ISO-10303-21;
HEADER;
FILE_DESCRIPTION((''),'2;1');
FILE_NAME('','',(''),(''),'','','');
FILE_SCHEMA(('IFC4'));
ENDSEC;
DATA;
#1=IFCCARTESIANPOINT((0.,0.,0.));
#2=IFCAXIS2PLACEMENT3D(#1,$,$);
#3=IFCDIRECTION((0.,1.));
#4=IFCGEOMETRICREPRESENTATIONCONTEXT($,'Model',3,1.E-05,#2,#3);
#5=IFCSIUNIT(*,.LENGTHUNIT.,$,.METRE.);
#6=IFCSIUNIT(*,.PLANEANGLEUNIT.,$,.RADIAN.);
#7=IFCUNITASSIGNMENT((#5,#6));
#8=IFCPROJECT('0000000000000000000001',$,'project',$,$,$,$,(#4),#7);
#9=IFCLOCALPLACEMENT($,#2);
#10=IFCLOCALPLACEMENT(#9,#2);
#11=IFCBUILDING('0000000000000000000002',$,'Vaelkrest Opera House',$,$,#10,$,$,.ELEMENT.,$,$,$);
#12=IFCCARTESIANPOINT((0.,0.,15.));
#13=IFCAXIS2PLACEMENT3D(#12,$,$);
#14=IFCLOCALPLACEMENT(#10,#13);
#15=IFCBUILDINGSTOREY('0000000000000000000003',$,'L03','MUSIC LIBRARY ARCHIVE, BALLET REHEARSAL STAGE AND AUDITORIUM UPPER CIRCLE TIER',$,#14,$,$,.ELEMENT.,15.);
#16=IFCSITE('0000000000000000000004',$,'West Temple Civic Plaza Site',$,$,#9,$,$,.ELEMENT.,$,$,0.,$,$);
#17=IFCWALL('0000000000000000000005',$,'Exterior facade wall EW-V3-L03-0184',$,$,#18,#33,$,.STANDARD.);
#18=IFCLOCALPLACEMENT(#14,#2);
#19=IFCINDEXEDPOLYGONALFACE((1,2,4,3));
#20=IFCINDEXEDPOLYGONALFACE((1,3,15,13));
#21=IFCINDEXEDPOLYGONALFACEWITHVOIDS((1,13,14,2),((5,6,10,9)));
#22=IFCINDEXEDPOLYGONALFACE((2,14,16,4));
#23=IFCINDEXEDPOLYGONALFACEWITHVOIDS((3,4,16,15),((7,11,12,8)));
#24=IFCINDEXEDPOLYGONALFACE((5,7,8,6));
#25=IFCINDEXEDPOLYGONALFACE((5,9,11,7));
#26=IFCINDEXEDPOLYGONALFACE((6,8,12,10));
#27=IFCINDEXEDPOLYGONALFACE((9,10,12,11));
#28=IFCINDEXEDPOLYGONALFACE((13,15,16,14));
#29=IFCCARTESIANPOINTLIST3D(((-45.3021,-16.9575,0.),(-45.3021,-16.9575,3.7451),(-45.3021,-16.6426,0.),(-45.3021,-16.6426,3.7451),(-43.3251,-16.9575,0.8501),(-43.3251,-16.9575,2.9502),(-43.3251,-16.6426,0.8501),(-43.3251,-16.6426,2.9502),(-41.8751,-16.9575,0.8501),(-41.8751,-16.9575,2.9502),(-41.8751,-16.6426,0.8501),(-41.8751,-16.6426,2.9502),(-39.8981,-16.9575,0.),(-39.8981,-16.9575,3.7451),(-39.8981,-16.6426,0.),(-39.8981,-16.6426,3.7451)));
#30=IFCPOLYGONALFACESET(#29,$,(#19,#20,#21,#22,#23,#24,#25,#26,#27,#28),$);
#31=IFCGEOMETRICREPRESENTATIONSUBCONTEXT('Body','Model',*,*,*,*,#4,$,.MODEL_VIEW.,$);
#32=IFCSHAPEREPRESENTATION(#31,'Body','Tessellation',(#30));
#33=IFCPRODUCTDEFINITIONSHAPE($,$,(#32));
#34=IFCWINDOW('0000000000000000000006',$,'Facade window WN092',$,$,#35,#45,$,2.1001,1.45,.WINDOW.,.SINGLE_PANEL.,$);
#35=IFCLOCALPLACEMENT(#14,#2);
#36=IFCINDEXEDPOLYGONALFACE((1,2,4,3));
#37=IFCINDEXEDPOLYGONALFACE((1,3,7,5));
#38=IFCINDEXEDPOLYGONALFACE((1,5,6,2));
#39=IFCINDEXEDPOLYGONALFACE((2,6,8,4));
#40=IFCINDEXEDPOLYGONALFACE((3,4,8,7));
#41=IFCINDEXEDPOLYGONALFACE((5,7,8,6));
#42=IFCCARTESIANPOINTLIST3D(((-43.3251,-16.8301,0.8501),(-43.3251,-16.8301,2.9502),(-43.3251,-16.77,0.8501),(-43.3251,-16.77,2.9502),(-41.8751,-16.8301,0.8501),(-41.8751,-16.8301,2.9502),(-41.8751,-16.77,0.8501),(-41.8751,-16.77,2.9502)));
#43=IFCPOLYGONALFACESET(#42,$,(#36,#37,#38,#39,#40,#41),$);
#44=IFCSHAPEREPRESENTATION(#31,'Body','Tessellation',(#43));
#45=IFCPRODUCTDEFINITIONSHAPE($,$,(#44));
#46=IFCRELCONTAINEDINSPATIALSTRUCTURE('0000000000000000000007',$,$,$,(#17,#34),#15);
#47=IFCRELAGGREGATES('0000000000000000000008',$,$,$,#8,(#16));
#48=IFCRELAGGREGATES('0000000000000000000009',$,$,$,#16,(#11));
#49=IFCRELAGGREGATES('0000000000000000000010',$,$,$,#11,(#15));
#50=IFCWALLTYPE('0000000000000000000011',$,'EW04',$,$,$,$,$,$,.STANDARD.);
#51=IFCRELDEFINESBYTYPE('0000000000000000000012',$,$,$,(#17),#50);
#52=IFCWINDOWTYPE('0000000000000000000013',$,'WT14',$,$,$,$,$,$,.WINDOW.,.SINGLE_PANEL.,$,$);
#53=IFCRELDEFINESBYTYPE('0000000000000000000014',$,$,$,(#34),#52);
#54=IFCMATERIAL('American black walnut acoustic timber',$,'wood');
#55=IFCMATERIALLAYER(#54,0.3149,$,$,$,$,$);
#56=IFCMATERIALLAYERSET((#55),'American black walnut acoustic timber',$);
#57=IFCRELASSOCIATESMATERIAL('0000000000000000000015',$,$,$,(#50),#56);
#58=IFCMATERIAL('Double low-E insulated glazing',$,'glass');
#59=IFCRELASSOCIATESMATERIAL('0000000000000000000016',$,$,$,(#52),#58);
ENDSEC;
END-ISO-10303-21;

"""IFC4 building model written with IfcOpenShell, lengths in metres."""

from ifc_helpers import new_model, si_unit, direction, frame, frame_2d, origin, place, context, subcontext, project, spatial, rectangle, extrude, material, layer, layer_set, type_object, element, fill, save


model = new_model("IFC4")

# Units and contexts
model_context = context("Model", 3, precision=1e-05, world=origin(), true_north=direction((0.0, 1.0)))
body_context = subcontext(model_context, "Body", "Model", "MODEL_VIEW")
ifc_project = project(units=[si_unit("LENGTHUNIT", "METRE"), si_unit("PLANEANGLEUNIT", "RADIAN")], contexts=[model_context])

# Site, building, storey
site_placement = place(None, origin())
site = spatial("IfcSite", under=ifc_project, at=site_placement, Name="West Temple Civic Plaza Site", CompositionType="ELEMENT", RefElevation=0.0)
building_placement = place(site_placement, origin())
building = spatial("IfcBuilding", under=site, at=building_placement, Name="Vaelkrest Opera House", CompositionType="ELEMENT")
storey_placement = place(building_placement, frame((0.0, 0.0, 15.0)))
storey = spatial("IfcBuildingStorey", under=building, at=storey_placement, Name="L03", Description="MUSIC LIBRARY ARCHIVE, BALLET REHEARSAL STAGE AND AUDITORIUM UPPER CIRCLE TIER", CompositionType="ELEMENT", Elevation=15.0)

# Shared definitions
ifc_material_1 = material(Name="Double low-E insulated glazing", Category="glass")

# Wall, opening, window
ifc_material_2 = material(Name="American black walnut acoustic timber", Category="wood")
ifc_layer_1 = layer(ifc_material_2, 0.3149)
ifc_layer_set_1 = layer_set([ifc_layer_1], Name="American black walnut acoustic timber")
wall_type = type_object("IfcWallType", Name="EW04", PredefinedType="STANDARD", material=ifc_layer_set_1)
wall_placement = place(storey_placement, frame((-39.8979, -16.8, 0.0), z_axis=(0.0, 0.0, 1.0), x_axis=(-1.0, 0.0, 0.0)))
wall = element("IfcWall", 1, at=wall_placement, inside=storey, type_object=wall_type, Name="Exterior facade wall EW-V3-L03-0184", PredefinedType="STANDARD", context=body_context, shape_type="SweptSolid", body=[
    extrude(rectangle(XDim=5.4041, YDim=0.3149, at=frame_2d((2.7021, 0.0))), origin(), (0.0, 0.0, 1.0), 3.7451),
])
opening_placement = place(wall_placement, frame((1.9771, 0.0, 0.8501)))
opening = element("IfcOpeningElement", 2, at=opening_placement, cuts=wall, PredefinedType="OPENING", context=body_context, shape_type="SweptSolid", body=[
    extrude(rectangle(XDim=1.45, YDim=2.1001, at=frame_2d((0.7251, 1.05))), frame((0.0, 0.1675, 0.0), z_axis=(0.0, -1.0, 0.0), x_axis=(1.0, 0.0, 0.0)), (0.0, 0.0, 1.0), 0.335),
])
window_type = type_object("IfcWindowType", Name="WT14", PartitioningType="SINGLE_PANEL", PredefinedType="WINDOW", material=ifc_material_1)
window_placement = place(opening_placement, origin())
window = element("IfcWindow", 3, at=window_placement, inside=storey, type_object=window_type, Name="Facade window WN092", OverallHeight=2.1001, OverallWidth=1.45, PartitioningType="SINGLE_PANEL", PredefinedType="WINDOW", context=body_context, shape_type="SweptSolid", body=[
    extrude(rectangle(XDim=1.45, YDim=2.1001, at=frame_2d((0.7251, 1.05))), frame((0.0, 0.03, 0.0), z_axis=(0.0, -1.0, 0.0), x_axis=(1.0, 0.0, 0.0)), (0.0, 0.0, 1.0), 0.0601),
])
fill(opening, window)

save(model, "model.ifc")
